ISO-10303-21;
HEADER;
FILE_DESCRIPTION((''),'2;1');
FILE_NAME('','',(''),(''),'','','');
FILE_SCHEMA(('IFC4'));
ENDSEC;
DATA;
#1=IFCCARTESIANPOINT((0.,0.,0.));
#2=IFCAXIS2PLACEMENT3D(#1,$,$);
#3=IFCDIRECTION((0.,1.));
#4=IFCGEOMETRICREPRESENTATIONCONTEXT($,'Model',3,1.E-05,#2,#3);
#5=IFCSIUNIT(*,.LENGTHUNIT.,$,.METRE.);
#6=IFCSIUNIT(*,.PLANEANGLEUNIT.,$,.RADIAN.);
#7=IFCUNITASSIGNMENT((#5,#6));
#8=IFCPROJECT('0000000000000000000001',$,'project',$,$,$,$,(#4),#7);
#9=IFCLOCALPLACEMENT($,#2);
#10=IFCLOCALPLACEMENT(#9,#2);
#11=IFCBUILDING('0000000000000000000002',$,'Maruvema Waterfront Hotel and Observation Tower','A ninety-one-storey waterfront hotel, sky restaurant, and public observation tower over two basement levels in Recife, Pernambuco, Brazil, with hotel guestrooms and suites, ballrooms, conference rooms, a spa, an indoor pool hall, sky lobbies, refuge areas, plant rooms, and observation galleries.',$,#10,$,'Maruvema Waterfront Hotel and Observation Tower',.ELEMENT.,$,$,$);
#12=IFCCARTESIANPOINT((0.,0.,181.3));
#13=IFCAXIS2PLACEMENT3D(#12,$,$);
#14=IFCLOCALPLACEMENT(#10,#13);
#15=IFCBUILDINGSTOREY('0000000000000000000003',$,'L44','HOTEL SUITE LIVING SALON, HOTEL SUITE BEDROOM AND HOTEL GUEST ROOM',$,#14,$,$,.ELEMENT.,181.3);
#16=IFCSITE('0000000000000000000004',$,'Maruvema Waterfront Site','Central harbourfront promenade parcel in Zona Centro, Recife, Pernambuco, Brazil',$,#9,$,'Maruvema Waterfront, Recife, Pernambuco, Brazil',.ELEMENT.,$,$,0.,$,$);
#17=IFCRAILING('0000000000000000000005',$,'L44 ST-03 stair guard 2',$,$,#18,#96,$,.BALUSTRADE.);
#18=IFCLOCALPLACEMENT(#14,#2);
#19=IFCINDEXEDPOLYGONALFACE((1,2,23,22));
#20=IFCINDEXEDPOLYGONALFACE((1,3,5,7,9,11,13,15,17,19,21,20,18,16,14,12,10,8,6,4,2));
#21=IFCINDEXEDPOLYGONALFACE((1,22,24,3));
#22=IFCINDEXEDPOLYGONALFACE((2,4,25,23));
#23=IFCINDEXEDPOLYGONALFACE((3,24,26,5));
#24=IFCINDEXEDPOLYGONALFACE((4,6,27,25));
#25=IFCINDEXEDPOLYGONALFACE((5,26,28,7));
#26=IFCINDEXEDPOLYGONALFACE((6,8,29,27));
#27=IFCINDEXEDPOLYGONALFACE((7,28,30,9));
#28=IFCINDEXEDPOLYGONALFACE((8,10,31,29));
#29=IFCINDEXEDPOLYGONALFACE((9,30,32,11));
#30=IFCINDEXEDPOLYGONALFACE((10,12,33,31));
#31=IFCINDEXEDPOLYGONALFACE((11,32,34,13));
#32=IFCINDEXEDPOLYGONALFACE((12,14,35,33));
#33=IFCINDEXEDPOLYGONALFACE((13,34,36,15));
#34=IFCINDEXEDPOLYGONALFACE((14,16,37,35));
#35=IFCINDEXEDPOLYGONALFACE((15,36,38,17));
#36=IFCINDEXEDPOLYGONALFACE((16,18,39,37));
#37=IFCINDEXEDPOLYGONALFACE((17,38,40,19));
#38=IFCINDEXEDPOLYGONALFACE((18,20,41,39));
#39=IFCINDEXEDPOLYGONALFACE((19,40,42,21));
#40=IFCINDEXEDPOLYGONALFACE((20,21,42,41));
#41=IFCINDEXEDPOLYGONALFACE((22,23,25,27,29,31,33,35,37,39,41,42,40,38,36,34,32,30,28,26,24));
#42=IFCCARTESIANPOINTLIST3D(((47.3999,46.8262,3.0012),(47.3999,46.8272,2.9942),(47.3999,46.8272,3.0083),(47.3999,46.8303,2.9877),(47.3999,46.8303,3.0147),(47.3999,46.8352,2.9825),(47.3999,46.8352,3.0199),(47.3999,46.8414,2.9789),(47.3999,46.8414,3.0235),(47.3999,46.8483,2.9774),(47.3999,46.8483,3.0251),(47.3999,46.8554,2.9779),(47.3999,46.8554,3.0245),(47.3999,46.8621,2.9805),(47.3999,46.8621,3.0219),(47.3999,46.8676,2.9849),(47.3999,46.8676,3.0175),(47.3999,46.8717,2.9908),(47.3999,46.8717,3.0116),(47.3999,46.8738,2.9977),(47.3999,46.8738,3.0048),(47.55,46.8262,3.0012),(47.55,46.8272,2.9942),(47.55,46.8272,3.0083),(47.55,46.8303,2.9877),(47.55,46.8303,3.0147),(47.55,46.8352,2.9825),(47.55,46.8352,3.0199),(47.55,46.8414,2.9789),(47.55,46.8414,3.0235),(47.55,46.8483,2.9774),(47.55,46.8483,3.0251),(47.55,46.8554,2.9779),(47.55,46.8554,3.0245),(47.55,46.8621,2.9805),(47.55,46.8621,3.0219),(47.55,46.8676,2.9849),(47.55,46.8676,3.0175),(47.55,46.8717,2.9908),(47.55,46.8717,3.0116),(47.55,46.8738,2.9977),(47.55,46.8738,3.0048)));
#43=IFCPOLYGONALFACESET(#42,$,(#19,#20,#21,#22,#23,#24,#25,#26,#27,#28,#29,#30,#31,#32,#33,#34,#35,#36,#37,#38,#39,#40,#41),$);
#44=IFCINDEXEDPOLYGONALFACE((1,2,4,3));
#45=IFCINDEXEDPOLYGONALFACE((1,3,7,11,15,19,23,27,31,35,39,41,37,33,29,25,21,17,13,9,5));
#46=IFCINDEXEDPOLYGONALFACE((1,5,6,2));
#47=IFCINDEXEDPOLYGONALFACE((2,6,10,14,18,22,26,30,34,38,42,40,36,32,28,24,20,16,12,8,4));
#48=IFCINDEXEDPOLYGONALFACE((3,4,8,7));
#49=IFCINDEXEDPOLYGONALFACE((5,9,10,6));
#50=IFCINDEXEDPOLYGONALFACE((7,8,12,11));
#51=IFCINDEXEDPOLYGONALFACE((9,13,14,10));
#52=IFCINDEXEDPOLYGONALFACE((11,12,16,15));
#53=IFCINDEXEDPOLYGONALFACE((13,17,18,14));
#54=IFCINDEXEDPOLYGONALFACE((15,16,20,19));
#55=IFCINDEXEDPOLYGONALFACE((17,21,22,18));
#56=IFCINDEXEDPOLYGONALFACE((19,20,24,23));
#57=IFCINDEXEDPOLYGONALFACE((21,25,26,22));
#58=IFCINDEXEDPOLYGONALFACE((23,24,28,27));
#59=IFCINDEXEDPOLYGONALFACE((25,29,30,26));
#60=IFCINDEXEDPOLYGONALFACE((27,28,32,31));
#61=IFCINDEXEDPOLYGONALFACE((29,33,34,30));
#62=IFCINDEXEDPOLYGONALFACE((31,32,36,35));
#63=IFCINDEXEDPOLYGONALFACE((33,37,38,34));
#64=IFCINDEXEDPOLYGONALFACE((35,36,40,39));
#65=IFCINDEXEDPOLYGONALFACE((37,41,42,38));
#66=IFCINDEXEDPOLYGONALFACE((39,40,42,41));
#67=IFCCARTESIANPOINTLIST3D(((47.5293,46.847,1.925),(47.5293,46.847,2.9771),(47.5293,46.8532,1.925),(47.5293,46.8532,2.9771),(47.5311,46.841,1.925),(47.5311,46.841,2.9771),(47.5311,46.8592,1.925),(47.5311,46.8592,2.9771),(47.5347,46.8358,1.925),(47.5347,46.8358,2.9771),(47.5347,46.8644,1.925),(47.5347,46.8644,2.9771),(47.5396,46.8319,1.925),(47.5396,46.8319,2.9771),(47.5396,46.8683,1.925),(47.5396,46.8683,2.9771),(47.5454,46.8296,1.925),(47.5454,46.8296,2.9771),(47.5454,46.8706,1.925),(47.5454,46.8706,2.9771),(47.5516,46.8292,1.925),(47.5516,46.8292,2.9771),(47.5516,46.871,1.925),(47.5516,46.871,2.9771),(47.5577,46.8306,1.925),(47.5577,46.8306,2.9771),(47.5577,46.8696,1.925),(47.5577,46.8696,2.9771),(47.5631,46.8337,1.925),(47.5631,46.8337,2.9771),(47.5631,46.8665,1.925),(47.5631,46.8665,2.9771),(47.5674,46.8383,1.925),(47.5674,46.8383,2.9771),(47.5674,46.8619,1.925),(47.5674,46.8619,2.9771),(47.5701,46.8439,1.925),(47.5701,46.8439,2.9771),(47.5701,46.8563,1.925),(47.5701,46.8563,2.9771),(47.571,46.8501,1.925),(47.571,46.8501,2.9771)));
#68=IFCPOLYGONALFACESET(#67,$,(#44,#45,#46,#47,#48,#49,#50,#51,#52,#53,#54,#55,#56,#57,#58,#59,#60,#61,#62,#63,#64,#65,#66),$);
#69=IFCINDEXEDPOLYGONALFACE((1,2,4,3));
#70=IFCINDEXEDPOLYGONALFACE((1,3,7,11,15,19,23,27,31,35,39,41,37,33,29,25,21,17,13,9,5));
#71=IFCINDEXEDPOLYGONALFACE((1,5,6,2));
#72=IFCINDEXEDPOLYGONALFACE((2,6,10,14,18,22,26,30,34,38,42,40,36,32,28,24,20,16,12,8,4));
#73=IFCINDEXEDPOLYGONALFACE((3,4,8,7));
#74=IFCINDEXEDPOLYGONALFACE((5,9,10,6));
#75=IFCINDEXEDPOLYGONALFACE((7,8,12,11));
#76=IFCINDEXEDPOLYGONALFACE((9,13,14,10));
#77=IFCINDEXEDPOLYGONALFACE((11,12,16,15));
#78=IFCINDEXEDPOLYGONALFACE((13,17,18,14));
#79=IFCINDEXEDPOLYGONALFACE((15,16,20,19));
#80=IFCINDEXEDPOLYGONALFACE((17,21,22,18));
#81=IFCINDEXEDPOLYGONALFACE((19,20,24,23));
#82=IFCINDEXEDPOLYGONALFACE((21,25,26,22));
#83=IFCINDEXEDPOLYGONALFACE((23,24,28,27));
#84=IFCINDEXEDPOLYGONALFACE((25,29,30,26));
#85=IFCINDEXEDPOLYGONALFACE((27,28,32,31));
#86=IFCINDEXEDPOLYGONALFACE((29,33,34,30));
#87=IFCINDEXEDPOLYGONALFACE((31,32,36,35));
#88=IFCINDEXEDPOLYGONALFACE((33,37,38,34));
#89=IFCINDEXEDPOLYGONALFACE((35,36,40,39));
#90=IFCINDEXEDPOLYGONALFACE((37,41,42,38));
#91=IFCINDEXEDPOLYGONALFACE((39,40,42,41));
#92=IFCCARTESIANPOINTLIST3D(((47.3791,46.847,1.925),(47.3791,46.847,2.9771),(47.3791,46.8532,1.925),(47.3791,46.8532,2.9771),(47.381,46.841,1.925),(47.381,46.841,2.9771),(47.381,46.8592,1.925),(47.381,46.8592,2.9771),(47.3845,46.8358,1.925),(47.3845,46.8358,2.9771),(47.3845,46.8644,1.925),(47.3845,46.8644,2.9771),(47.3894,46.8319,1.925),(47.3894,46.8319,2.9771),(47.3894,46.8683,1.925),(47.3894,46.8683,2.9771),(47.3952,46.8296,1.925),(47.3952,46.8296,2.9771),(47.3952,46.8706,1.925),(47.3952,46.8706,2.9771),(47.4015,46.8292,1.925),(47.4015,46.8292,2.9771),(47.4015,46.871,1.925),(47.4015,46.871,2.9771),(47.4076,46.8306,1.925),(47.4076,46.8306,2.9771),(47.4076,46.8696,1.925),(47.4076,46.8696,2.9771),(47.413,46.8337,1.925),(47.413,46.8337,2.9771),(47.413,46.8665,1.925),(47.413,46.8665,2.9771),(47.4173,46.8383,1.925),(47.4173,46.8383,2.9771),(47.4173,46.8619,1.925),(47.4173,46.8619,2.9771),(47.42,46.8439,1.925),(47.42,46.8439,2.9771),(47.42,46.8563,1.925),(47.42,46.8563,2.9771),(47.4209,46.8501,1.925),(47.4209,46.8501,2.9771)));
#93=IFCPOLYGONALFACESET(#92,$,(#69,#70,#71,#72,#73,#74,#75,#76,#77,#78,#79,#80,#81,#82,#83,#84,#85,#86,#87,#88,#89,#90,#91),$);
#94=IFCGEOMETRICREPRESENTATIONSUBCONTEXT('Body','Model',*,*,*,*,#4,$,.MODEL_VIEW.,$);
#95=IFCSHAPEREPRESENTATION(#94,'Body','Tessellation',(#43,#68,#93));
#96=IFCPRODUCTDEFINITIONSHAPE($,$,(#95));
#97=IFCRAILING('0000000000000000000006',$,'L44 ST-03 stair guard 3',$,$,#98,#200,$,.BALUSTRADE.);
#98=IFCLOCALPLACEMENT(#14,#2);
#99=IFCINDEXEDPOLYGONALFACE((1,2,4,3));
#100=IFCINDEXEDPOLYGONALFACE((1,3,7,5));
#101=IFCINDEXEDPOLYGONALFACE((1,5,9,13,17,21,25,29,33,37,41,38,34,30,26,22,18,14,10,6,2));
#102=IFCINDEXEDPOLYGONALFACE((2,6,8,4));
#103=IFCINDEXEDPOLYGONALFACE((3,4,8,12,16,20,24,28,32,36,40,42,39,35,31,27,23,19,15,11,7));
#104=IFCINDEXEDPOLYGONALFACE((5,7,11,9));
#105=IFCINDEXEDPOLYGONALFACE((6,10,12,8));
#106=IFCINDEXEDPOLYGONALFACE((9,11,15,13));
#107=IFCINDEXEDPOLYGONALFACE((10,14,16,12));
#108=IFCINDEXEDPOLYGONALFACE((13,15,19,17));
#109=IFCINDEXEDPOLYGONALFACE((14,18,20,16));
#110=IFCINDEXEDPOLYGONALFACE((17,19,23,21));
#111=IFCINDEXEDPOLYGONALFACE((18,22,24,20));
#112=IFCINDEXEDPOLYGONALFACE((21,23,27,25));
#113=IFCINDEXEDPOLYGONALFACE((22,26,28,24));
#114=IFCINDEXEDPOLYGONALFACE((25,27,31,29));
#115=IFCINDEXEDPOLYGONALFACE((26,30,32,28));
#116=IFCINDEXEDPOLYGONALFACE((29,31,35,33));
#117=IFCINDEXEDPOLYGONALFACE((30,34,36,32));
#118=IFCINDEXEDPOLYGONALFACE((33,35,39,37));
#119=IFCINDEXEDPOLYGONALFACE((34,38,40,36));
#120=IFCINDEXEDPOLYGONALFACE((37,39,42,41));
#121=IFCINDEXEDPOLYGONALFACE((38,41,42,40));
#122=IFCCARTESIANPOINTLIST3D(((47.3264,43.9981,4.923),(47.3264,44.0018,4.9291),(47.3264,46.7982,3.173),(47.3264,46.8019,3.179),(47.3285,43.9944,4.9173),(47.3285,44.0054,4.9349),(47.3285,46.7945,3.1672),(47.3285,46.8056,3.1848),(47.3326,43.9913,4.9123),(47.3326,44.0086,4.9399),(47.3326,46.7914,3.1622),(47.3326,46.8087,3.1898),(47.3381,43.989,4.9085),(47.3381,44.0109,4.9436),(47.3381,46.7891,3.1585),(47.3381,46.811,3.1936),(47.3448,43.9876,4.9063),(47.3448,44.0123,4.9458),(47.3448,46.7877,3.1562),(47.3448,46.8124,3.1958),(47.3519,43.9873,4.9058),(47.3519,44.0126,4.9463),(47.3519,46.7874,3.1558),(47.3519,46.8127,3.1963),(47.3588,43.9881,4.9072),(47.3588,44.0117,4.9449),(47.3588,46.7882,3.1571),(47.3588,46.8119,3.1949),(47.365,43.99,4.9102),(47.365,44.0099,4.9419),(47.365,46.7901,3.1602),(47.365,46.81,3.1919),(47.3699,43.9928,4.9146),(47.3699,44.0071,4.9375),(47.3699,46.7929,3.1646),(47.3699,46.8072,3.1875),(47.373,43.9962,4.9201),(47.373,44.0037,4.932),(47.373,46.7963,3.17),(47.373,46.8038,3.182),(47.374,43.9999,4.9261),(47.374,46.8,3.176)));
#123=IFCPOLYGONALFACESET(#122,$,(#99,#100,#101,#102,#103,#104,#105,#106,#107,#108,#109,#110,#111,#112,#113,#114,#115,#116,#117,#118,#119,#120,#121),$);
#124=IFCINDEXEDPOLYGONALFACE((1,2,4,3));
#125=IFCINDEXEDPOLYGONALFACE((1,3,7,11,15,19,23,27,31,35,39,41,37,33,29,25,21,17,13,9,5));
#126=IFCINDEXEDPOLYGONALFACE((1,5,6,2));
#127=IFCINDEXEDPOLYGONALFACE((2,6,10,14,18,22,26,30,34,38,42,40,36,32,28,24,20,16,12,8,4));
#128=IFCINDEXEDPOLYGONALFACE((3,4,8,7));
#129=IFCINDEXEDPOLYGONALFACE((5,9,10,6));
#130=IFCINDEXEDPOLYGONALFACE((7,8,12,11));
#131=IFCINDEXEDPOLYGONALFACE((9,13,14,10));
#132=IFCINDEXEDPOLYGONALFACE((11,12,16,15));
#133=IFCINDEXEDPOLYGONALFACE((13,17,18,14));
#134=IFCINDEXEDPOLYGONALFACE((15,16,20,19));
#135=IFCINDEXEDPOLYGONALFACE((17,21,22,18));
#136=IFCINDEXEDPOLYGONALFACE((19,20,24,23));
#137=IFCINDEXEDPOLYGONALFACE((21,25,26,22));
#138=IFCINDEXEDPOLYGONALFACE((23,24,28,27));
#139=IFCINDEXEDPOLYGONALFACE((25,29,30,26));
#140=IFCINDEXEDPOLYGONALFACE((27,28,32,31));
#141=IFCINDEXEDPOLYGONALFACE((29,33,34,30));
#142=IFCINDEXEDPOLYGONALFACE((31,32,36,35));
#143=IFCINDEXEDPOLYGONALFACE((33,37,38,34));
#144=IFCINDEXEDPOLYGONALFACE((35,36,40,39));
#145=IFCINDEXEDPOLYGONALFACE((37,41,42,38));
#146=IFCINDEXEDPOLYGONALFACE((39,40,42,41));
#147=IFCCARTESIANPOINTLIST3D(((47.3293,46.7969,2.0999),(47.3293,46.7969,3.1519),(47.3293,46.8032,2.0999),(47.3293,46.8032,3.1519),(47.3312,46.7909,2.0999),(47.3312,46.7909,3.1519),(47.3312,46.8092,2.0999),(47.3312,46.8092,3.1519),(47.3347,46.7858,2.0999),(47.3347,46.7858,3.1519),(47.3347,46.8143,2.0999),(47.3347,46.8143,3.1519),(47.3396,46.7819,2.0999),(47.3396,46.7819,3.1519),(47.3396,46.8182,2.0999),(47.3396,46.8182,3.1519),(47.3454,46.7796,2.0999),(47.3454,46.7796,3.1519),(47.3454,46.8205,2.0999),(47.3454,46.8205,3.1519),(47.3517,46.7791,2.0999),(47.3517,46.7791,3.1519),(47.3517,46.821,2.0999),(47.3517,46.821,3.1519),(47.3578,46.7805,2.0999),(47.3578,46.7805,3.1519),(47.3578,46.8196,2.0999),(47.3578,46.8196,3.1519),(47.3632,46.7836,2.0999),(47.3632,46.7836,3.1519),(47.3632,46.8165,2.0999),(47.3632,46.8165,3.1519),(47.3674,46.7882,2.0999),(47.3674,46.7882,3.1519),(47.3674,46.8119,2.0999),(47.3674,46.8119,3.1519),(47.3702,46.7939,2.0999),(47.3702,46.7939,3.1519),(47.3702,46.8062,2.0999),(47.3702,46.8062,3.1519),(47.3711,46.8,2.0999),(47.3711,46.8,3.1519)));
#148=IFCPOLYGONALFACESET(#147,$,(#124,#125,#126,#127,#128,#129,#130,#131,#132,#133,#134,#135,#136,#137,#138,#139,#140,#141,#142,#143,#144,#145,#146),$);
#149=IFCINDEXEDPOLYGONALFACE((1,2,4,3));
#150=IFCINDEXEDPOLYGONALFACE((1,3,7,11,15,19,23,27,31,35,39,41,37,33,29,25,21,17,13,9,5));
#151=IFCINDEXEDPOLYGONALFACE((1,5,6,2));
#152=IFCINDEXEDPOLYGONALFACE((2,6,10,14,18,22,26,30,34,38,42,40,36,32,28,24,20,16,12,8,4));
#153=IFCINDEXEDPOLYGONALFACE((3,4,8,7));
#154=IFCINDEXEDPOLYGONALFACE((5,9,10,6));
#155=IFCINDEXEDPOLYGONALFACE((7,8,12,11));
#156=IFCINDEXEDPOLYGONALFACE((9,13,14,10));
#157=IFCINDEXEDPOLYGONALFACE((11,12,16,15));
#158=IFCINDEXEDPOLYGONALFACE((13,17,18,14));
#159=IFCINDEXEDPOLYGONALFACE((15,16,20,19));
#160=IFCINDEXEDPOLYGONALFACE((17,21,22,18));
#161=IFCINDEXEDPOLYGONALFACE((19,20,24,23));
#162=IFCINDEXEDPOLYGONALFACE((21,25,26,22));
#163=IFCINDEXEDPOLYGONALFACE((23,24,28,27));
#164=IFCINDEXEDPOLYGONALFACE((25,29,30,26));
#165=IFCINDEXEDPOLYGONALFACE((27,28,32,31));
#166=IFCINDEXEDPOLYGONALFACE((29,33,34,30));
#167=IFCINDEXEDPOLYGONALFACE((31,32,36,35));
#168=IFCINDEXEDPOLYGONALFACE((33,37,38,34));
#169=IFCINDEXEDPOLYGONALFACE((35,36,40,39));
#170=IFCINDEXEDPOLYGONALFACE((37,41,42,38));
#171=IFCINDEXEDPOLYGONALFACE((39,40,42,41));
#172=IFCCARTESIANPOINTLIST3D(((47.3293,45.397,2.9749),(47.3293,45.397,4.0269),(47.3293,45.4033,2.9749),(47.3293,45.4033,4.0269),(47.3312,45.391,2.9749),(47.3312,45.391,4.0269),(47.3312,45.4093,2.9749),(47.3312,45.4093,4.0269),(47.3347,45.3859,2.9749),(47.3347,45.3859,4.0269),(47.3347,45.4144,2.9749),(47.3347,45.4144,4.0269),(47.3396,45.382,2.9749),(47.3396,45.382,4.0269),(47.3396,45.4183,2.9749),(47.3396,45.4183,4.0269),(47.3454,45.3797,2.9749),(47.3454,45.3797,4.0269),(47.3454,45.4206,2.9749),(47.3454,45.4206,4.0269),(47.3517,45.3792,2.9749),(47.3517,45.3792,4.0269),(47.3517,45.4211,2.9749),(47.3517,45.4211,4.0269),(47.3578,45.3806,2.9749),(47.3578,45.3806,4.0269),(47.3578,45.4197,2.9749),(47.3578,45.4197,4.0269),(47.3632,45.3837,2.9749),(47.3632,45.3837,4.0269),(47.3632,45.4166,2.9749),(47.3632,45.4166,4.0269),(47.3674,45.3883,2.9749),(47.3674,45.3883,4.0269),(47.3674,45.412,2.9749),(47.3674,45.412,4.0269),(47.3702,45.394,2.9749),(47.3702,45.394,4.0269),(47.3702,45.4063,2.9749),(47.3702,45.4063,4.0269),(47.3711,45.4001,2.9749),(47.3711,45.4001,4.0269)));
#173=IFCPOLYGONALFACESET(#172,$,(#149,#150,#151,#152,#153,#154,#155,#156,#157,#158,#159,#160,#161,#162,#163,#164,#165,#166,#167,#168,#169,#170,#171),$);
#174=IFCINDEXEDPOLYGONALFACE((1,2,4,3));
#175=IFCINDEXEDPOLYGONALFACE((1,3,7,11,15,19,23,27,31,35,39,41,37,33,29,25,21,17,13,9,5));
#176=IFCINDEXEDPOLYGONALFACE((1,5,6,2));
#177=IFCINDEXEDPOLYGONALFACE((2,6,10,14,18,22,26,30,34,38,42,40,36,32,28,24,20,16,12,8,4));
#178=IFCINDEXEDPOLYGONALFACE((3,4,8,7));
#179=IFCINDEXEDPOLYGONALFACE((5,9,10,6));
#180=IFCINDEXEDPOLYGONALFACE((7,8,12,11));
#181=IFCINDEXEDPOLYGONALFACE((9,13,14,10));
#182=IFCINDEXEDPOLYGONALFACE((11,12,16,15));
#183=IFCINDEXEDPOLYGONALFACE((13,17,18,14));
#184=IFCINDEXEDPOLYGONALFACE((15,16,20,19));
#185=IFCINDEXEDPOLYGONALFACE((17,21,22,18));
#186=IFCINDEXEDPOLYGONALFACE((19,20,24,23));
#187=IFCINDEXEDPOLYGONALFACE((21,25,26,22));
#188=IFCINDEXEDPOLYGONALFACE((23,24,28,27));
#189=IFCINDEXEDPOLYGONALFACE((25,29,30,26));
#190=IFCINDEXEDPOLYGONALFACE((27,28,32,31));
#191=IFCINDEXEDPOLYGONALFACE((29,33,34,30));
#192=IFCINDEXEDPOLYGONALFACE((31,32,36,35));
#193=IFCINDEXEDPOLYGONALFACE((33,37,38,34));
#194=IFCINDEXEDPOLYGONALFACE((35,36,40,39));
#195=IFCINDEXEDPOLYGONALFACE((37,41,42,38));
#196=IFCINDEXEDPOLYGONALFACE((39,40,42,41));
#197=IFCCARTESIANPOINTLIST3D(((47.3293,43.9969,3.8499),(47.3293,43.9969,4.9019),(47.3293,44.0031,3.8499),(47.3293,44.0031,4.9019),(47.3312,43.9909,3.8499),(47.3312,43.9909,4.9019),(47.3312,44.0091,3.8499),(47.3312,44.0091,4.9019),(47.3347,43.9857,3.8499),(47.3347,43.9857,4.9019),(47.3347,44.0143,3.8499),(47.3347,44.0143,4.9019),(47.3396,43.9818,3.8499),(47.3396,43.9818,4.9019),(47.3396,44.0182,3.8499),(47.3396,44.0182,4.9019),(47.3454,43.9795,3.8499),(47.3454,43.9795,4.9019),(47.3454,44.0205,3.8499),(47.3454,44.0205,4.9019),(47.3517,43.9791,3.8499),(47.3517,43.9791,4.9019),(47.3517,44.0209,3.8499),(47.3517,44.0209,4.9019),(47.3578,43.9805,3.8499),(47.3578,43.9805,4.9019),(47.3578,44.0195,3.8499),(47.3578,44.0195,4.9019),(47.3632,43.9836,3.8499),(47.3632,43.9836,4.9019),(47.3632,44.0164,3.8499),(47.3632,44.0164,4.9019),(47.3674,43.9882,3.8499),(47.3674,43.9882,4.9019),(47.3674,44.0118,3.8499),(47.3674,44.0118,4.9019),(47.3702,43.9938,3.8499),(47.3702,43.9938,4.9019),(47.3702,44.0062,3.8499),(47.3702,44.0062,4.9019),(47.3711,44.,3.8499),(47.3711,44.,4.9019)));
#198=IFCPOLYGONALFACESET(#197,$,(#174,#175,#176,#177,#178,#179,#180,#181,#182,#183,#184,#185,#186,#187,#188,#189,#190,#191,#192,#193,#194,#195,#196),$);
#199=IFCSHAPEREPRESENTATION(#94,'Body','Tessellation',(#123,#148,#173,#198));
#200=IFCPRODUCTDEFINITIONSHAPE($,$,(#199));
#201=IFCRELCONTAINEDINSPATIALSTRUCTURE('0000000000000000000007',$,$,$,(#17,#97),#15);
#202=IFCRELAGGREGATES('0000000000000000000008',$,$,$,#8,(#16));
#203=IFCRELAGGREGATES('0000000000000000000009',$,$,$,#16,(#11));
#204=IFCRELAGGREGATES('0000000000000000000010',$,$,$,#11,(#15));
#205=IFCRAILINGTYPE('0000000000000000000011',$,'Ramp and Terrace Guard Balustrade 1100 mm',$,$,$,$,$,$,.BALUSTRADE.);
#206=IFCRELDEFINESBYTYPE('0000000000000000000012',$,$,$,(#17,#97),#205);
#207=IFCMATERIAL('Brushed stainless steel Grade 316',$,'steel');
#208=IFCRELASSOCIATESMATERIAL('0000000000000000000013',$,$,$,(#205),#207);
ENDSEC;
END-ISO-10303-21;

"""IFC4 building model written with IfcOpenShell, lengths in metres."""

from ifc_helpers import new_model, si_unit, direction, frame, origin, origin_2d, place, context, subcontext, project, spatial, circle, extrude, material, type_object, element, save


model = new_model("IFC4")

# Units and contexts
model_context = context("Model", 3, precision=1e-05, world=origin(), true_north=direction((0.0, 1.0)))
body_context = subcontext(model_context, "Body", "Model", "MODEL_VIEW")
ifc_project = project(units=[si_unit("LENGTHUNIT", "METRE"), si_unit("PLANEANGLEUNIT", "RADIAN")], contexts=[model_context])

# Site, building, storey
site_placement = place(None, origin())
site = spatial("IfcSite", under=ifc_project, at=site_placement, Name="Maruvema Waterfront Site", Description="Central harbourfront promenade parcel in Zona Centro, Recife, Pernambuco, Brazil", LongName="Maruvema Waterfront, Recife, Pernambuco, Brazil", CompositionType="ELEMENT", RefElevation=0.0)
building_placement = place(site_placement, origin())
building = spatial("IfcBuilding", under=site, at=building_placement, Name="Maruvema Waterfront Hotel and Observation Tower", Description="A ninety-one-storey waterfront hotel, sky restaurant, and public observation tower over two basement levels in Recife, Pernambuco, Brazil, with hotel guestrooms and suites, ballrooms, conference rooms, a spa, an indoor pool hall, sky lobbies, refuge areas, plant rooms, and observation galleries.", LongName="Maruvema Waterfront Hotel and Observation Tower", CompositionType="ELEMENT")
storey_placement = place(building_placement, frame((0.0, 0.0, 181.3)))
storey = spatial("IfcBuildingStorey", under=building, at=storey_placement, Name="L44", Description="HOTEL SUITE LIVING SALON, HOTEL SUITE BEDROOM AND HOTEL GUEST ROOM", CompositionType="ELEMENT", Elevation=181.3)

# Railings
ifc_material_1 = material(Name="Brushed stainless steel Grade 316", Category="steel")
railing_type_1 = type_object("IfcRailingType", Name="Ramp and Terrace Guard Balustrade 1100 mm", PredefinedType="BALUSTRADE", material=ifc_material_1)
railing_1_placement = place(storey_placement, frame((47.55, 46.8501, 1.925)))
element("IfcRailing", 1, at=railing_1_placement, inside=storey, type_object=railing_type_1, Name="L44 ST-03 stair guard 2", PredefinedType="BALUSTRADE", context=body_context, shape_type="SweptSolid", body=[
    extrude(circle(Radius=0.0239, at=origin_2d()), frame((0.0, 0.0, 1.0762), z_axis=(-1.0, 0.0, 0.0), x_axis=(0.0, -1.0, 0.0)), (0.0, 0.0, 1.0), 0.1501),
    extrude(circle(Radius=0.021, at=origin_2d()), origin(), (0.0, 0.0, 1.0), 1.052),
    extrude(circle(Radius=0.021, at=origin_2d()), frame((-0.1501, 0.0, 0.0)), (0.0, 0.0, 1.0), 1.052),
])
railing_2_placement = place(storey_placement, frame((47.3501, 46.8, 2.0999)))
element("IfcRailing", 2, at=railing_2_placement, inside=storey, type_object=railing_type_1, Name="L44 ST-03 stair guard 3", PredefinedType="BALUSTRADE", context=body_context, shape_type="SweptSolid", body=[
    extrude(circle(Radius=0.0239, at=origin_2d()), frame((0.0, 0.0, 1.0762), z_axis=(0.0, -0.848002, 0.529992), x_axis=(1.0, 0.0, 0.0)), (0.0, 0.0, 1.0), 3.302),
    extrude(circle(Radius=0.021, at=origin_2d()), origin(), (0.0, 0.0, 1.0), 1.052),
    extrude(circle(Radius=0.021, at=origin_2d()), frame((0.0, -1.3999, 0.875)), (0.0, 0.0, 1.0), 1.052),
    extrude(circle(Radius=0.021, at=origin_2d()), frame((0.0, -2.8, 1.75)), (0.0, 0.0, 1.0), 1.052),
])

save(model, "model.ifc")
